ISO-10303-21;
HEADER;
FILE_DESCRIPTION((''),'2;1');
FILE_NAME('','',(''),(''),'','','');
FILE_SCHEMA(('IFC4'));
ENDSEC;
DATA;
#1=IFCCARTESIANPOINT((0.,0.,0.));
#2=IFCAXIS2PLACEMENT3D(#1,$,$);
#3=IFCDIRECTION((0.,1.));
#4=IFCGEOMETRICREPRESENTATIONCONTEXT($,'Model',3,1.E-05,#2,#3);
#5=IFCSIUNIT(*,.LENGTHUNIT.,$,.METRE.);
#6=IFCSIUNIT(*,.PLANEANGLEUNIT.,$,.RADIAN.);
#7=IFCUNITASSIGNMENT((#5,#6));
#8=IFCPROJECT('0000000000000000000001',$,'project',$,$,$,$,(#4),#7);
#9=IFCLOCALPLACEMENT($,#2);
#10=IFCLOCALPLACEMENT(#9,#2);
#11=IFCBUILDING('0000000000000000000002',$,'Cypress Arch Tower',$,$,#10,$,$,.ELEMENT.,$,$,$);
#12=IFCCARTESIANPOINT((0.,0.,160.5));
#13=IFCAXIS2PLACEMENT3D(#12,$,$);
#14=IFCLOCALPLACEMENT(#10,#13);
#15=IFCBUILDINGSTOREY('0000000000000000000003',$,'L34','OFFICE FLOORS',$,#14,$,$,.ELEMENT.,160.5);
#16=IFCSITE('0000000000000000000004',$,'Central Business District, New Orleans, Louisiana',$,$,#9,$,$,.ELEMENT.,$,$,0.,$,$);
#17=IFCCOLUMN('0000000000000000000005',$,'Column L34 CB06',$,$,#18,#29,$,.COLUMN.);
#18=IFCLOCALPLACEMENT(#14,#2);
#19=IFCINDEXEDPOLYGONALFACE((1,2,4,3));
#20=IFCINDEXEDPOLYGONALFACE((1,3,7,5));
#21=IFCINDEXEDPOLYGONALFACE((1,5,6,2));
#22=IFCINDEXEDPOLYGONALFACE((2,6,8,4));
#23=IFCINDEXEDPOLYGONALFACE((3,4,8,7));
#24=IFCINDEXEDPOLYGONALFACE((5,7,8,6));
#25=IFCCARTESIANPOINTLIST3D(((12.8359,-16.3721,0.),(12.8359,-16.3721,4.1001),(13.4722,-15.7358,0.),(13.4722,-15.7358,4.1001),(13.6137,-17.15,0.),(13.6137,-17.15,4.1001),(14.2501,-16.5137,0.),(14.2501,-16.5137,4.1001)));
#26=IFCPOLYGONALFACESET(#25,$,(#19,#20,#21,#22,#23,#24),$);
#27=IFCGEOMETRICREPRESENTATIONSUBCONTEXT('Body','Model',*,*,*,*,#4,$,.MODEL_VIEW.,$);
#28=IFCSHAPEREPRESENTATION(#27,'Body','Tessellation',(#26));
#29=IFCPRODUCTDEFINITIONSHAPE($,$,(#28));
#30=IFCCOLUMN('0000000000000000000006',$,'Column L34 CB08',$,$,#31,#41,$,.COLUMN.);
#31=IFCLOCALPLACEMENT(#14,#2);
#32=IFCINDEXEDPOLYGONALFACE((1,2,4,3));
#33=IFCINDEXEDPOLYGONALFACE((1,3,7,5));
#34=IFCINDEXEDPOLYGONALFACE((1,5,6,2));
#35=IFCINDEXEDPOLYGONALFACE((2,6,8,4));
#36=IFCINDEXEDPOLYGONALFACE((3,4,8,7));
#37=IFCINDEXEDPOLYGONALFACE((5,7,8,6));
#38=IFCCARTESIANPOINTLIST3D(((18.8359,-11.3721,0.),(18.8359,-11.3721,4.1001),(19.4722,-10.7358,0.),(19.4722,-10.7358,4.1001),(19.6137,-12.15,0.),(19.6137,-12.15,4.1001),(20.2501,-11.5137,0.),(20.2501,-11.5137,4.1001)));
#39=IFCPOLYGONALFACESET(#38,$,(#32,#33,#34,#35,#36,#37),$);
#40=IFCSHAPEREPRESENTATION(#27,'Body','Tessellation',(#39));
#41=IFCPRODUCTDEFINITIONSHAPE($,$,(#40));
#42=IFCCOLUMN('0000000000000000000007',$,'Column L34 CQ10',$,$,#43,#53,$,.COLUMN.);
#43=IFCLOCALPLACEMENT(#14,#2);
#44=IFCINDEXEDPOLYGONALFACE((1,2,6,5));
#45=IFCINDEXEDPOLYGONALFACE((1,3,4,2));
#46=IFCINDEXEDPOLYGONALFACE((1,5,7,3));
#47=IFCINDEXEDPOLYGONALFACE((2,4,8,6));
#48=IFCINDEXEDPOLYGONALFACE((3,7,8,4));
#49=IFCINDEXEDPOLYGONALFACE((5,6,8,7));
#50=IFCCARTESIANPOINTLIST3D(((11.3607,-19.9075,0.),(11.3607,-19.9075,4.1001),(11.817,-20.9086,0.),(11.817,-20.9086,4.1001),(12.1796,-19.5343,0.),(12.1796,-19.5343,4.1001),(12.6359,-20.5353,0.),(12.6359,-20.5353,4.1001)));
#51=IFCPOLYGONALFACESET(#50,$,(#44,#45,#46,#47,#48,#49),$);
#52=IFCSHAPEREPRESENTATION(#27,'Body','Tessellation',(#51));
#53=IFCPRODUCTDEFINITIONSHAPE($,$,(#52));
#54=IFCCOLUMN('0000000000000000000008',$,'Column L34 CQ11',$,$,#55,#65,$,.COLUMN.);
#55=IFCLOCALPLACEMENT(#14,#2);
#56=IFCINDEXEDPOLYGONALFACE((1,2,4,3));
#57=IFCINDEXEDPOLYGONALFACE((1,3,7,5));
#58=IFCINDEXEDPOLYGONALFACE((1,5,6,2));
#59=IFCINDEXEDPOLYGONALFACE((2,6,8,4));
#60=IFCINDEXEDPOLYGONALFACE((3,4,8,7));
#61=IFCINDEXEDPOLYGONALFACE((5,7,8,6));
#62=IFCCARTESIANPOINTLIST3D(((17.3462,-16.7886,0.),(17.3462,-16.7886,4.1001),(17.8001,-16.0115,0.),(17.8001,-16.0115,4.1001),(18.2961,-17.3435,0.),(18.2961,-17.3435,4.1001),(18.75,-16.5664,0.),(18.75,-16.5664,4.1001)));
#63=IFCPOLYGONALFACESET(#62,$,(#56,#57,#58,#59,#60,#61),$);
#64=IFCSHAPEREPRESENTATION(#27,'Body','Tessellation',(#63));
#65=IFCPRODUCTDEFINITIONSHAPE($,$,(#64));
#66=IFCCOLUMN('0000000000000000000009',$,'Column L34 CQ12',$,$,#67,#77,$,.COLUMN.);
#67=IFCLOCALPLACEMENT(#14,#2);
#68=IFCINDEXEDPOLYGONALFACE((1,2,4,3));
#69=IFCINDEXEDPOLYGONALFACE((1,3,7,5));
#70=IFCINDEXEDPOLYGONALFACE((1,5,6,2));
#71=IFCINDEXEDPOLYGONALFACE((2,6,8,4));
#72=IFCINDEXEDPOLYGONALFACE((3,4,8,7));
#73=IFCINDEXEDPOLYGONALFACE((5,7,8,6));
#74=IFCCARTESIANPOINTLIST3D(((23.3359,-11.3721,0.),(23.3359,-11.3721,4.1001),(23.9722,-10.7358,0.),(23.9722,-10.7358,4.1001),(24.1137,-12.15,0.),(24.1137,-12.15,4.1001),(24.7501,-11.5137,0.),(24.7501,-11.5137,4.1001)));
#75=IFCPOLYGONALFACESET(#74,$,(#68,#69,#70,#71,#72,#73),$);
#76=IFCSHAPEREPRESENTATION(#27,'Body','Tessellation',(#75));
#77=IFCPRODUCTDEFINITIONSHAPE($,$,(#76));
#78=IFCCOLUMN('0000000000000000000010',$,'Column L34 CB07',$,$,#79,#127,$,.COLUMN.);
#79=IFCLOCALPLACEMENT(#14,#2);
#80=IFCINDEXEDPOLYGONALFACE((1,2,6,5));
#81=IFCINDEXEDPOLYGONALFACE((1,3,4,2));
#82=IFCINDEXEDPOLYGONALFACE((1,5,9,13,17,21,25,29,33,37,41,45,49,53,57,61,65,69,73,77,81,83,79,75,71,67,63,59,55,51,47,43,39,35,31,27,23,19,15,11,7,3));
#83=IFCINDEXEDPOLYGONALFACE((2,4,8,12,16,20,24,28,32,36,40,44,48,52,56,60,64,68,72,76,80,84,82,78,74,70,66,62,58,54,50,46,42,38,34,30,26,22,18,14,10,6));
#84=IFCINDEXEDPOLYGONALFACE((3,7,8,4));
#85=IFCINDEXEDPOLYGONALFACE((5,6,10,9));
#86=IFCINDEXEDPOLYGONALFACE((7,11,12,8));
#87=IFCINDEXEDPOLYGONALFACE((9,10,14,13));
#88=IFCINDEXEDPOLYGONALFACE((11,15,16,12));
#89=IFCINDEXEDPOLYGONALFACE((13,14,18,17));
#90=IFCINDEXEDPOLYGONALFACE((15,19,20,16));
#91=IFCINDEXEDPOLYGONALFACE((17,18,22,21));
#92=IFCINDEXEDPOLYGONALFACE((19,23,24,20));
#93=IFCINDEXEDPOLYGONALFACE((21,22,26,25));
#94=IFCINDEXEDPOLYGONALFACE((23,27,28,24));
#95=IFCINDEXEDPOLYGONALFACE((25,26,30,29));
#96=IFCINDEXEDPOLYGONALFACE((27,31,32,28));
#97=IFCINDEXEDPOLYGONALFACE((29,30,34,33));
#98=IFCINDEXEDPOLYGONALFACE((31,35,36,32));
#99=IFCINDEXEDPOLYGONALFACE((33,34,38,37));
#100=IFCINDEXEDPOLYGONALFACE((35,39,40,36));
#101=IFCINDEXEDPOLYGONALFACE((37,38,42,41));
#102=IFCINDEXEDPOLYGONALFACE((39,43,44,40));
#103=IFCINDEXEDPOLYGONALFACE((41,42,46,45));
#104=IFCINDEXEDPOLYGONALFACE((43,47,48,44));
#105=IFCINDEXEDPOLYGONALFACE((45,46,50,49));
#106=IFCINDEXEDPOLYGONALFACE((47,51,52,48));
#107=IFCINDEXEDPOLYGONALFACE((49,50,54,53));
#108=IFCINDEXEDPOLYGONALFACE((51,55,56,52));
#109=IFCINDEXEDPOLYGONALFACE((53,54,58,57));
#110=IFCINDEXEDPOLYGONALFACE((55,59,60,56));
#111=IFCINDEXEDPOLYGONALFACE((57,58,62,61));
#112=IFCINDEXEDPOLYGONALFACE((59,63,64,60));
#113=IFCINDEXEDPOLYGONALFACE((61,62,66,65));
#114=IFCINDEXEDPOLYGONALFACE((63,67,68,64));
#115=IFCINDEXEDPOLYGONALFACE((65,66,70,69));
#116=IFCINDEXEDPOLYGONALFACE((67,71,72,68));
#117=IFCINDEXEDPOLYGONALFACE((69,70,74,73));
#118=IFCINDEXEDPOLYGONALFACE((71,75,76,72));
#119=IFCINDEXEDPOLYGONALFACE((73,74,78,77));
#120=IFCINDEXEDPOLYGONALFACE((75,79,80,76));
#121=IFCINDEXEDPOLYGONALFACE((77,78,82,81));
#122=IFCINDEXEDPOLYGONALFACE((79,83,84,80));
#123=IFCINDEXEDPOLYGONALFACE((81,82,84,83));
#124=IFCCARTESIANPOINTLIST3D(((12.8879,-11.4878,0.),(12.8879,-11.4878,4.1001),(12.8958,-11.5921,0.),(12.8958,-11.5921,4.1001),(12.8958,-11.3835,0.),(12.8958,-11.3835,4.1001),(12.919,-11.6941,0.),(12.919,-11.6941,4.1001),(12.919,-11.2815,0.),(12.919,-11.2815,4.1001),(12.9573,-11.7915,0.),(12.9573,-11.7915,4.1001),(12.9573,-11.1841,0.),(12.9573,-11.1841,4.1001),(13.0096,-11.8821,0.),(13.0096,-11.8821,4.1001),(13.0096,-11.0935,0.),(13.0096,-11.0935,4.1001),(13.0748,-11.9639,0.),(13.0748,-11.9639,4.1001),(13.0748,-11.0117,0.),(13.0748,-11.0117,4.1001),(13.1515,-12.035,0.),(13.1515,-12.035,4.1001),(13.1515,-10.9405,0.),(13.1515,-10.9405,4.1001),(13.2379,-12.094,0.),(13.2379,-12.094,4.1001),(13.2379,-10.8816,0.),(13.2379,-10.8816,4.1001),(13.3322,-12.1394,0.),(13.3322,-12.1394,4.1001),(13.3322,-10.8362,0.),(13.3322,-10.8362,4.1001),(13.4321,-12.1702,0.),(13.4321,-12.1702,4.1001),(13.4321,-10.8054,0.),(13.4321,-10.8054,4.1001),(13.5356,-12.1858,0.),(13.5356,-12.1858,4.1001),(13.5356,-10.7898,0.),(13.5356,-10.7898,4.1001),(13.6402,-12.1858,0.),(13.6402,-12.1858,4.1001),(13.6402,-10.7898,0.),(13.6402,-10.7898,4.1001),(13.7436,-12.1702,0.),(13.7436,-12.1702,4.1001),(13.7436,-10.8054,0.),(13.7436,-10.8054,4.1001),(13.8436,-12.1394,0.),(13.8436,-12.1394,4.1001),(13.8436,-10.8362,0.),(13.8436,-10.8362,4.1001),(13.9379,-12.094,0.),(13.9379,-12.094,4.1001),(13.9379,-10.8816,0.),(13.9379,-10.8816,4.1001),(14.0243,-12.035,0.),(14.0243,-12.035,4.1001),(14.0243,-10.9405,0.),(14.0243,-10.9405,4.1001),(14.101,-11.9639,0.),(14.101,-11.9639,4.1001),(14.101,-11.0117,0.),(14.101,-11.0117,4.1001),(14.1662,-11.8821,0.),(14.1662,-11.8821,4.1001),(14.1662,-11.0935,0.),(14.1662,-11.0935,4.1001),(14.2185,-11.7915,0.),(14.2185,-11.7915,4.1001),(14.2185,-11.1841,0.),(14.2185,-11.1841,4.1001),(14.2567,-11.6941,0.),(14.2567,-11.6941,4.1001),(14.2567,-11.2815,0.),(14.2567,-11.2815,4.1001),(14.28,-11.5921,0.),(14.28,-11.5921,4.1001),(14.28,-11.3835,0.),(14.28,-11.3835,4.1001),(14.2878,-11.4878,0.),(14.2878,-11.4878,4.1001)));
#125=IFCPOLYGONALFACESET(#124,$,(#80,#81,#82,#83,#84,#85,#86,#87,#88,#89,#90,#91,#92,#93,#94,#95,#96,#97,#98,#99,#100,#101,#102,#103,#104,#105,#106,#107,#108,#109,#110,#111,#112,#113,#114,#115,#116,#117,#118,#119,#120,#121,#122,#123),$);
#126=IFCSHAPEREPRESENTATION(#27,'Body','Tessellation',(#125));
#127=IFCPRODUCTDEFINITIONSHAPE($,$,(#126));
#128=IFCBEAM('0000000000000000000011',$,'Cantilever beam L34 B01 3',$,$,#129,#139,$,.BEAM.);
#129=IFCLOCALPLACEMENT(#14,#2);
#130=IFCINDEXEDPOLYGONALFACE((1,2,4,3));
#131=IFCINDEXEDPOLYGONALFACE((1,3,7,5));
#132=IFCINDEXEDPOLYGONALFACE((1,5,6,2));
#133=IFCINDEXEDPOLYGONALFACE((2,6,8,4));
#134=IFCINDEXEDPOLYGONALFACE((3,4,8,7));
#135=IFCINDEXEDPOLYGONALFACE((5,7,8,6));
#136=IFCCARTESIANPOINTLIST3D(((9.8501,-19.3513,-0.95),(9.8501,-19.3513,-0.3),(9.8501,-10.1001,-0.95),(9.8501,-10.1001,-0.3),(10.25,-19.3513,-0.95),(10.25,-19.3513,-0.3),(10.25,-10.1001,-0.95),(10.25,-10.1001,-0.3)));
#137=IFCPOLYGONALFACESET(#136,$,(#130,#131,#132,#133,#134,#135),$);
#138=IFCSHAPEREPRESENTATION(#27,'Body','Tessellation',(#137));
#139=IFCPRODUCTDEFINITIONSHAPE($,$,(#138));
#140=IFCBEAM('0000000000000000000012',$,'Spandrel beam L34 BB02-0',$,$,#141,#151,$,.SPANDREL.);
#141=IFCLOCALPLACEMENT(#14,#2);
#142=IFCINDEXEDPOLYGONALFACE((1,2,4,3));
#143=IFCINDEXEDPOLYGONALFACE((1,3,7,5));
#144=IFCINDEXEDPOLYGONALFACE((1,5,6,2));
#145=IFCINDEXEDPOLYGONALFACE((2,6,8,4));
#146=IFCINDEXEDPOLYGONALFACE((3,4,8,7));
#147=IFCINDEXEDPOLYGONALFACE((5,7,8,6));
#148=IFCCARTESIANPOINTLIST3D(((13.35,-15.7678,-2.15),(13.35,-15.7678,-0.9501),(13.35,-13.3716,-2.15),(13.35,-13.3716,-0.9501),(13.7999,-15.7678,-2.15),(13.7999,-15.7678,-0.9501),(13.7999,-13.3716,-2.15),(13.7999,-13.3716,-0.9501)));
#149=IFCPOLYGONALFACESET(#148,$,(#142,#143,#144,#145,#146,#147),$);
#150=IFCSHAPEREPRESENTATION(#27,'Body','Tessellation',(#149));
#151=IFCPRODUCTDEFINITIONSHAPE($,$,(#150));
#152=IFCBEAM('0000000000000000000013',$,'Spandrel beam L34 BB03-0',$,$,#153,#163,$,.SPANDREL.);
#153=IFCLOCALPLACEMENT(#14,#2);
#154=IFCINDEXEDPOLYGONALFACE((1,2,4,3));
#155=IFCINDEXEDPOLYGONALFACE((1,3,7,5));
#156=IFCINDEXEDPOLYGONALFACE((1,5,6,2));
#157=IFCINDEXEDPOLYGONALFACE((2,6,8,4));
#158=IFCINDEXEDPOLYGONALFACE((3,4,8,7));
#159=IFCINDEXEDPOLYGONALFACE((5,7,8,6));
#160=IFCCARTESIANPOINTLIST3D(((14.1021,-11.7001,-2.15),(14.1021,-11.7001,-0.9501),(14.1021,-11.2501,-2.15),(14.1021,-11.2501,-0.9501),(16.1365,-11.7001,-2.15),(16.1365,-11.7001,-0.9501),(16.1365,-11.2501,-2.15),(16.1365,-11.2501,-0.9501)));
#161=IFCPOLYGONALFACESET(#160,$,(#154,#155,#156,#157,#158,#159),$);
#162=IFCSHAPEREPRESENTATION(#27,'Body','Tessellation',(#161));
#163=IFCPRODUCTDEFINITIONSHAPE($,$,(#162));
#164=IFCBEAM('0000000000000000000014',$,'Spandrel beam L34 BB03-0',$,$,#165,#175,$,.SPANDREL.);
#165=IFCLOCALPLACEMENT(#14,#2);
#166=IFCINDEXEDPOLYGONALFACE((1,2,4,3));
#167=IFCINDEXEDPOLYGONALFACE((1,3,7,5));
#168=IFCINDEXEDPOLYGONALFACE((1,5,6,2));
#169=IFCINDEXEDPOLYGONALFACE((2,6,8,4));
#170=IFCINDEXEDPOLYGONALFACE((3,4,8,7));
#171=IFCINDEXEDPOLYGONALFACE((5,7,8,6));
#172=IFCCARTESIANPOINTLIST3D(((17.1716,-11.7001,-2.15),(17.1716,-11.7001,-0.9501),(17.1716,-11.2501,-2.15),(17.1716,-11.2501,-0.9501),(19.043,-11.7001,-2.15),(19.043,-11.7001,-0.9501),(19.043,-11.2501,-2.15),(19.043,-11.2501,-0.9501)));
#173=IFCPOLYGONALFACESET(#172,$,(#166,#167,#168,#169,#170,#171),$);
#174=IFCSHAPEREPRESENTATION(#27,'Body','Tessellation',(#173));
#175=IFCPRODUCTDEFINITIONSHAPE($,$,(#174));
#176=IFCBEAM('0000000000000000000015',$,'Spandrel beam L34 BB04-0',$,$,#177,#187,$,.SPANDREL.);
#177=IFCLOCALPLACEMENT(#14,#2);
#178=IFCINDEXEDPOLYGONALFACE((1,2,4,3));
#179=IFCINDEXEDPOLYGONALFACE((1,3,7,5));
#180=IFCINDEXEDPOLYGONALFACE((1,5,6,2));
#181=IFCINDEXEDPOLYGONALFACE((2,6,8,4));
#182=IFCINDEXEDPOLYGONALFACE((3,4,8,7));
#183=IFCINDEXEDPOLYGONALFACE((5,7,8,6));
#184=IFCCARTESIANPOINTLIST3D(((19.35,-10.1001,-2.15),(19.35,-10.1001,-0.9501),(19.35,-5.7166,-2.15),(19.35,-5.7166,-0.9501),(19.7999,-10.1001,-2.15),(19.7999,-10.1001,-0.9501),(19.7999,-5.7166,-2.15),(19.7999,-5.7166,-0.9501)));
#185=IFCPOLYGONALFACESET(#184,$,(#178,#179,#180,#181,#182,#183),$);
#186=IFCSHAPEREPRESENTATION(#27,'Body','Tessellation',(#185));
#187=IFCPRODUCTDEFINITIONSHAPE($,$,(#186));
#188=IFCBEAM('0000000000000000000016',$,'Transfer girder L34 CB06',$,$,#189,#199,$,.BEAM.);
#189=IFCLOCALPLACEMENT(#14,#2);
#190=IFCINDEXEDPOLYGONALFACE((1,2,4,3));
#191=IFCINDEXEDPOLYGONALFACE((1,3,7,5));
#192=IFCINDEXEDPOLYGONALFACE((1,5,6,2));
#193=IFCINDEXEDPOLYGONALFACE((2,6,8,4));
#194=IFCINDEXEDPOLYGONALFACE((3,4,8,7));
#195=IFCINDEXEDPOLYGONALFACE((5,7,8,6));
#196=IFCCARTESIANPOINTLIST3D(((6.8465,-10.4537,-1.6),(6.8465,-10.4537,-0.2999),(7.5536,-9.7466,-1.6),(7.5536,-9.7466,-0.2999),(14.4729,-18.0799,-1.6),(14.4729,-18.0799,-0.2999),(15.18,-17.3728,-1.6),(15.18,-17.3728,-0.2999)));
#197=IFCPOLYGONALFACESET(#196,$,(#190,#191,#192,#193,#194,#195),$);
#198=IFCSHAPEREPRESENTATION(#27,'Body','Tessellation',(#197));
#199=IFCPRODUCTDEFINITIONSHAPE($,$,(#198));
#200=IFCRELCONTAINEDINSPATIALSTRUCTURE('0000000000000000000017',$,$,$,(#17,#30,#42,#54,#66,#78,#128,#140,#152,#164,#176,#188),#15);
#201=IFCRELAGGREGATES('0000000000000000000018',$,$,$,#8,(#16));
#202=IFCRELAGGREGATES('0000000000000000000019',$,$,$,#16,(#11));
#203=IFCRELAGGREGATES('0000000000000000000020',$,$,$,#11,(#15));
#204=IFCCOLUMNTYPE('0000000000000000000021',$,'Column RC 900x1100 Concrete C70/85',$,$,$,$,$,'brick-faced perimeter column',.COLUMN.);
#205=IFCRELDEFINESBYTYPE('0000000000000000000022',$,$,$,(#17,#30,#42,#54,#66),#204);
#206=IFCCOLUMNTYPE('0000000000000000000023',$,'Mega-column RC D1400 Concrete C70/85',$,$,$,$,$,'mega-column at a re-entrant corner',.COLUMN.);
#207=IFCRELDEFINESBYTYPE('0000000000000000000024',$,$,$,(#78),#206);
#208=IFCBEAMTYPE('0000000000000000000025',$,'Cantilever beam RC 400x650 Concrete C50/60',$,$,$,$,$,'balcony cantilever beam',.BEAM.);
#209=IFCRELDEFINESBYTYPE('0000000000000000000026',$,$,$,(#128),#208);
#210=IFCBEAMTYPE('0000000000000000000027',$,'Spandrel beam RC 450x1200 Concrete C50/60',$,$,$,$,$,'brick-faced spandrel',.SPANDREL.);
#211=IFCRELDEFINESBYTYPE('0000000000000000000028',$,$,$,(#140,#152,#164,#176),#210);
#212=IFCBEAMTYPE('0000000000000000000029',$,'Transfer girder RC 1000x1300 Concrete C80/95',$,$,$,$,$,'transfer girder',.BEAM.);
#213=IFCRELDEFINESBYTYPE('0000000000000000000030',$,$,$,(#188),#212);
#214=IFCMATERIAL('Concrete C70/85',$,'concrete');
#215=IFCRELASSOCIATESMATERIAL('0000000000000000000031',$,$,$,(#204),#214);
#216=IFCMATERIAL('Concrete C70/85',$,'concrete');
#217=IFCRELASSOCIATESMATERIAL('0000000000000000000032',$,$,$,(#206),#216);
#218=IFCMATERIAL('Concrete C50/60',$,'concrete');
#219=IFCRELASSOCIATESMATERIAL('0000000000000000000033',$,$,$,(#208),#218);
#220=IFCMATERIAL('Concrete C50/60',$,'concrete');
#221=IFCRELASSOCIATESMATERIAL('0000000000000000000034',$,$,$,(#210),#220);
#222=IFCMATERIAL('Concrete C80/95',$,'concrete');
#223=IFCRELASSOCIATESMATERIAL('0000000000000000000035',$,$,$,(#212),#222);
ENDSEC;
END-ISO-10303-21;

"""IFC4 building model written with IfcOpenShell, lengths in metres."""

from ifc_helpers import new_model, si_unit, direction, frame, origin, origin_2d, place, context, subcontext, project, spatial, rectangle, circle, extrude, material, material_profile, profile_set, type_object, element, save


model = new_model("IFC4")

# Units and contexts
model_context = context("Model", 3, precision=1e-05, world=origin(), true_north=direction((0.0, 1.0)))
body_context = subcontext(model_context, "Body", "Model", "MODEL_VIEW")
ifc_project = project(units=[si_unit("LENGTHUNIT", "METRE"), si_unit("PLANEANGLEUNIT", "RADIAN")], contexts=[model_context])

# Site, building, storey
site_placement = place(None, origin())
site = spatial("IfcSite", under=ifc_project, at=site_placement, Name="Central Business District, New Orleans, Louisiana", CompositionType="ELEMENT", RefElevation=0.0)
building_placement = place(site_placement, origin())
building = spatial("IfcBuilding", under=site, at=building_placement, Name="Cypress Arch Tower", CompositionType="ELEMENT")
storey_placement = place(building_placement, frame((0.0, 0.0, 160.5)))
storey = spatial("IfcBuildingStorey", under=building, at=storey_placement, Name="L34", Description="OFFICE FLOORS", CompositionType="ELEMENT", Elevation=160.5)

# Columns
ifc_material_1 = material(Name="Concrete C70/85", Category="concrete")
ifc_material_profile_1 = material_profile(ifc_material_1, rectangle(XDim=0.8999, YDim=1.1001, at=origin_2d()), Name="RC 900x1100")
ifc_profile_set_1 = profile_set([ifc_material_profile_1], Name="Concrete C70/85")
column_type_1 = type_object("IfcColumnType", Name="Column RC 900x1100 Concrete C70/85", ElementType="brick-faced perimeter column", PredefinedType="COLUMN", material=ifc_profile_set_1)
for number, where, z_axis, x_axis, name in (
    (1, (13.543, -16.4429, 0.0), (0.0, 0.0, 1.0), (0.707107, 0.707107, 0.0), "Column L34 CB06"),
    (2, (19.543, -11.4429, 0.0), (0.0, 0.0, 1.0), (0.707107, 0.707107, 0.0), "Column L34 CB08"),
    (3, (11.9983, -20.2214, 0.0), (0.0, 0.0, 1.0), (0.909932, 0.414757, 0.0), "Column L34 CQ10"),
    (4, (18.0481, -16.6775, 0.0), (0.0, 0.0, 1.0), (0.504399, 0.863471, 0.0), "Column L34 CQ11"),
    (5, (24.043, -11.4429, 0.0), (0.0, 0.0, 1.0), (0.707107, 0.707107, 0.0), "Column L34 CQ12"),
):
    element("IfcColumn", number, at=place(storey_placement, frame(where, z_axis=z_axis, x_axis=x_axis)), inside=storey, type_object=column_type_1, Name=name, PredefinedType="COLUMN", context=body_context, shape_type="SweptSolid", body=[
        extrude(rectangle(XDim=0.8999, YDim=1.1001, at=origin_2d()), origin(), (0.0, 0.0, 1.0), 4.1001),
    ])
ifc_material_2 = material(Name="Concrete C70/85", Category="concrete")
ifc_material_profile_2 = material_profile(ifc_material_2, circle(Radius=0.7, at=origin_2d()), Name="RC D1400")
ifc_profile_set_2 = profile_set([ifc_material_profile_2], Name="Concrete C70/85")
column_type_2 = type_object("IfcColumnType", Name="Mega-column RC D1400 Concrete C70/85", ElementType="mega-column at a re-entrant corner", PredefinedType="COLUMN", material=ifc_profile_set_2)
column_placement = place(storey_placement, frame((13.5879, -11.4878, 0.0), z_axis=(0.0, 0.0, 1.0), x_axis=(1.0, 0.0, 0.0)))
element("IfcColumn", 6, at=column_placement, inside=storey, type_object=column_type_2, Name="Column L34 CB07", PredefinedType="COLUMN", context=body_context, shape_type="SweptSolid", body=[
    extrude(circle(Radius=0.7, at=origin_2d()), origin(), (0.0, 0.0, 1.0), 4.1001),
])

# Beams
ifc_material_3 = material(Name="Concrete C50/60", Category="concrete")
ifc_material_profile_3 = material_profile(ifc_material_3, rectangle(XDim=0.3999, YDim=0.6499, at=origin_2d()), Name="RC 400x650")
ifc_profile_set_3 = profile_set([ifc_material_profile_3], Name="Concrete C50/60")
beam_type_1 = type_object("IfcBeamType", Name="Cantilever beam RC 400x650 Concrete C50/60", ElementType="balcony cantilever beam", PredefinedType="BEAM", material=ifc_profile_set_3)
beam_1_placement = place(storey_placement, frame((10.05, -10.1001, -0.625), z_axis=(0.0, -1.0, 0.0), x_axis=(1.0, 0.0, 0.0)))
element("IfcBeam", 7, at=beam_1_placement, inside=storey, type_object=beam_type_1, Name="Cantilever beam L34 B01 3", PredefinedType="BEAM", context=body_context, shape_type="SweptSolid", body=[
    extrude(rectangle(XDim=0.3999, YDim=0.6499, at=origin_2d()), origin(), (0.0, 0.0, 1.0), 9.2512),
])
ifc_material_4 = material(Name="Concrete C50/60", Category="concrete")
ifc_material_profile_4 = material_profile(ifc_material_4, rectangle(XDim=0.45, YDim=1.2, at=origin_2d()), Name="RC 450x1200")
ifc_profile_set_4 = profile_set([ifc_material_profile_4], Name="Concrete C50/60")
beam_type_2 = type_object("IfcBeamType", Name="Spandrel beam RC 450x1200 Concrete C50/60", ElementType="brick-faced spandrel", PredefinedType="SPANDREL", material=ifc_profile_set_4)
beam_2_placement = place(storey_placement, frame((13.575, -15.7678, -1.55), z_axis=(0.0, 1.0, 0.0), x_axis=(-1.0, 0.0, 0.0)))
element("IfcBeam", 8, at=beam_2_placement, inside=storey, type_object=beam_type_2, Name="Spandrel beam L34 BB02-0", PredefinedType="SPANDREL", context=body_context, shape_type="SweptSolid", body=[
    extrude(rectangle(XDim=0.45, YDim=1.2, at=origin_2d()), origin(), (0.0, 0.0, 1.0), 2.3962),
])
beam_3_placement = place(storey_placement, frame((14.1021, -11.4751, -1.55), z_axis=(1.0, 0.0, 0.0), x_axis=(0.0, 1.0, 0.0)))
element("IfcBeam", 9, at=beam_3_placement, inside=storey, type_object=beam_type_2, Name="Spandrel beam L34 BB03-0", PredefinedType="SPANDREL", context=body_context, shape_type="SweptSolid", body=[
    extrude(rectangle(XDim=0.45, YDim=1.2, at=origin_2d()), origin(), (0.0, 0.0, 1.0), 2.0344),
])
beam_4_placement = place(storey_placement, frame((17.1716, -11.4751, -1.55), z_axis=(1.0, 0.0, 0.0), x_axis=(0.0, 1.0, 0.0)))
element("IfcBeam", 10, at=beam_4_placement, inside=storey, type_object=beam_type_2, Name="Spandrel beam L34 BB03-0", PredefinedType="SPANDREL", context=body_context, shape_type="SweptSolid", body=[
    extrude(rectangle(XDim=0.45, YDim=1.2, at=origin_2d()), origin(), (0.0, 0.0, 1.0), 1.8713),
])
beam_5_placement = place(storey_placement, frame((19.575, -10.1001, -1.55), z_axis=(0.0, 1.0, 0.0), x_axis=(-1.0, 0.0, 0.0)))
element("IfcBeam", 11, at=beam_5_placement, inside=storey, type_object=beam_type_2, Name="Spandrel beam L34 BB04-0", PredefinedType="SPANDREL", context=body_context, shape_type="SweptSolid", body=[
    extrude(rectangle(XDim=0.45, YDim=1.2, at=origin_2d()), origin(), (0.0, 0.0, 1.0), 4.3835),
])
ifc_material_5 = material(Name="Concrete C80/95", Category="concrete")
ifc_material_profile_5 = material_profile(ifc_material_5, rectangle(XDim=1.0, YDim=1.3, at=origin_2d()), Name="RC 1000x1300")
ifc_profile_set_5 = profile_set([ifc_material_profile_5], Name="Concrete C80/95")
beam_type_3 = type_object("IfcBeamType", Name="Transfer girder RC 1000x1300 Concrete C80/95", ElementType="transfer girder", PredefinedType="BEAM", material=ifc_profile_set_5)
beam_6_placement = place(storey_placement, frame((14.8264, -17.7263, -0.95), z_axis=(-0.707118, 0.707095, 0.0), x_axis=(-0.707095, -0.707118, 0.0)))
element("IfcBeam", 12, at=beam_6_placement, inside=storey, type_object=beam_type_3, Name="Transfer girder L34 CB06", PredefinedType="BEAM", context=body_context, shape_type="SweptSolid", body=[
    extrude(rectangle(XDim=1.0, YDim=1.3, at=origin_2d()), origin(), (0.0, 0.0, 1.0), 10.7852),
])

save(model, "model.ifc")
